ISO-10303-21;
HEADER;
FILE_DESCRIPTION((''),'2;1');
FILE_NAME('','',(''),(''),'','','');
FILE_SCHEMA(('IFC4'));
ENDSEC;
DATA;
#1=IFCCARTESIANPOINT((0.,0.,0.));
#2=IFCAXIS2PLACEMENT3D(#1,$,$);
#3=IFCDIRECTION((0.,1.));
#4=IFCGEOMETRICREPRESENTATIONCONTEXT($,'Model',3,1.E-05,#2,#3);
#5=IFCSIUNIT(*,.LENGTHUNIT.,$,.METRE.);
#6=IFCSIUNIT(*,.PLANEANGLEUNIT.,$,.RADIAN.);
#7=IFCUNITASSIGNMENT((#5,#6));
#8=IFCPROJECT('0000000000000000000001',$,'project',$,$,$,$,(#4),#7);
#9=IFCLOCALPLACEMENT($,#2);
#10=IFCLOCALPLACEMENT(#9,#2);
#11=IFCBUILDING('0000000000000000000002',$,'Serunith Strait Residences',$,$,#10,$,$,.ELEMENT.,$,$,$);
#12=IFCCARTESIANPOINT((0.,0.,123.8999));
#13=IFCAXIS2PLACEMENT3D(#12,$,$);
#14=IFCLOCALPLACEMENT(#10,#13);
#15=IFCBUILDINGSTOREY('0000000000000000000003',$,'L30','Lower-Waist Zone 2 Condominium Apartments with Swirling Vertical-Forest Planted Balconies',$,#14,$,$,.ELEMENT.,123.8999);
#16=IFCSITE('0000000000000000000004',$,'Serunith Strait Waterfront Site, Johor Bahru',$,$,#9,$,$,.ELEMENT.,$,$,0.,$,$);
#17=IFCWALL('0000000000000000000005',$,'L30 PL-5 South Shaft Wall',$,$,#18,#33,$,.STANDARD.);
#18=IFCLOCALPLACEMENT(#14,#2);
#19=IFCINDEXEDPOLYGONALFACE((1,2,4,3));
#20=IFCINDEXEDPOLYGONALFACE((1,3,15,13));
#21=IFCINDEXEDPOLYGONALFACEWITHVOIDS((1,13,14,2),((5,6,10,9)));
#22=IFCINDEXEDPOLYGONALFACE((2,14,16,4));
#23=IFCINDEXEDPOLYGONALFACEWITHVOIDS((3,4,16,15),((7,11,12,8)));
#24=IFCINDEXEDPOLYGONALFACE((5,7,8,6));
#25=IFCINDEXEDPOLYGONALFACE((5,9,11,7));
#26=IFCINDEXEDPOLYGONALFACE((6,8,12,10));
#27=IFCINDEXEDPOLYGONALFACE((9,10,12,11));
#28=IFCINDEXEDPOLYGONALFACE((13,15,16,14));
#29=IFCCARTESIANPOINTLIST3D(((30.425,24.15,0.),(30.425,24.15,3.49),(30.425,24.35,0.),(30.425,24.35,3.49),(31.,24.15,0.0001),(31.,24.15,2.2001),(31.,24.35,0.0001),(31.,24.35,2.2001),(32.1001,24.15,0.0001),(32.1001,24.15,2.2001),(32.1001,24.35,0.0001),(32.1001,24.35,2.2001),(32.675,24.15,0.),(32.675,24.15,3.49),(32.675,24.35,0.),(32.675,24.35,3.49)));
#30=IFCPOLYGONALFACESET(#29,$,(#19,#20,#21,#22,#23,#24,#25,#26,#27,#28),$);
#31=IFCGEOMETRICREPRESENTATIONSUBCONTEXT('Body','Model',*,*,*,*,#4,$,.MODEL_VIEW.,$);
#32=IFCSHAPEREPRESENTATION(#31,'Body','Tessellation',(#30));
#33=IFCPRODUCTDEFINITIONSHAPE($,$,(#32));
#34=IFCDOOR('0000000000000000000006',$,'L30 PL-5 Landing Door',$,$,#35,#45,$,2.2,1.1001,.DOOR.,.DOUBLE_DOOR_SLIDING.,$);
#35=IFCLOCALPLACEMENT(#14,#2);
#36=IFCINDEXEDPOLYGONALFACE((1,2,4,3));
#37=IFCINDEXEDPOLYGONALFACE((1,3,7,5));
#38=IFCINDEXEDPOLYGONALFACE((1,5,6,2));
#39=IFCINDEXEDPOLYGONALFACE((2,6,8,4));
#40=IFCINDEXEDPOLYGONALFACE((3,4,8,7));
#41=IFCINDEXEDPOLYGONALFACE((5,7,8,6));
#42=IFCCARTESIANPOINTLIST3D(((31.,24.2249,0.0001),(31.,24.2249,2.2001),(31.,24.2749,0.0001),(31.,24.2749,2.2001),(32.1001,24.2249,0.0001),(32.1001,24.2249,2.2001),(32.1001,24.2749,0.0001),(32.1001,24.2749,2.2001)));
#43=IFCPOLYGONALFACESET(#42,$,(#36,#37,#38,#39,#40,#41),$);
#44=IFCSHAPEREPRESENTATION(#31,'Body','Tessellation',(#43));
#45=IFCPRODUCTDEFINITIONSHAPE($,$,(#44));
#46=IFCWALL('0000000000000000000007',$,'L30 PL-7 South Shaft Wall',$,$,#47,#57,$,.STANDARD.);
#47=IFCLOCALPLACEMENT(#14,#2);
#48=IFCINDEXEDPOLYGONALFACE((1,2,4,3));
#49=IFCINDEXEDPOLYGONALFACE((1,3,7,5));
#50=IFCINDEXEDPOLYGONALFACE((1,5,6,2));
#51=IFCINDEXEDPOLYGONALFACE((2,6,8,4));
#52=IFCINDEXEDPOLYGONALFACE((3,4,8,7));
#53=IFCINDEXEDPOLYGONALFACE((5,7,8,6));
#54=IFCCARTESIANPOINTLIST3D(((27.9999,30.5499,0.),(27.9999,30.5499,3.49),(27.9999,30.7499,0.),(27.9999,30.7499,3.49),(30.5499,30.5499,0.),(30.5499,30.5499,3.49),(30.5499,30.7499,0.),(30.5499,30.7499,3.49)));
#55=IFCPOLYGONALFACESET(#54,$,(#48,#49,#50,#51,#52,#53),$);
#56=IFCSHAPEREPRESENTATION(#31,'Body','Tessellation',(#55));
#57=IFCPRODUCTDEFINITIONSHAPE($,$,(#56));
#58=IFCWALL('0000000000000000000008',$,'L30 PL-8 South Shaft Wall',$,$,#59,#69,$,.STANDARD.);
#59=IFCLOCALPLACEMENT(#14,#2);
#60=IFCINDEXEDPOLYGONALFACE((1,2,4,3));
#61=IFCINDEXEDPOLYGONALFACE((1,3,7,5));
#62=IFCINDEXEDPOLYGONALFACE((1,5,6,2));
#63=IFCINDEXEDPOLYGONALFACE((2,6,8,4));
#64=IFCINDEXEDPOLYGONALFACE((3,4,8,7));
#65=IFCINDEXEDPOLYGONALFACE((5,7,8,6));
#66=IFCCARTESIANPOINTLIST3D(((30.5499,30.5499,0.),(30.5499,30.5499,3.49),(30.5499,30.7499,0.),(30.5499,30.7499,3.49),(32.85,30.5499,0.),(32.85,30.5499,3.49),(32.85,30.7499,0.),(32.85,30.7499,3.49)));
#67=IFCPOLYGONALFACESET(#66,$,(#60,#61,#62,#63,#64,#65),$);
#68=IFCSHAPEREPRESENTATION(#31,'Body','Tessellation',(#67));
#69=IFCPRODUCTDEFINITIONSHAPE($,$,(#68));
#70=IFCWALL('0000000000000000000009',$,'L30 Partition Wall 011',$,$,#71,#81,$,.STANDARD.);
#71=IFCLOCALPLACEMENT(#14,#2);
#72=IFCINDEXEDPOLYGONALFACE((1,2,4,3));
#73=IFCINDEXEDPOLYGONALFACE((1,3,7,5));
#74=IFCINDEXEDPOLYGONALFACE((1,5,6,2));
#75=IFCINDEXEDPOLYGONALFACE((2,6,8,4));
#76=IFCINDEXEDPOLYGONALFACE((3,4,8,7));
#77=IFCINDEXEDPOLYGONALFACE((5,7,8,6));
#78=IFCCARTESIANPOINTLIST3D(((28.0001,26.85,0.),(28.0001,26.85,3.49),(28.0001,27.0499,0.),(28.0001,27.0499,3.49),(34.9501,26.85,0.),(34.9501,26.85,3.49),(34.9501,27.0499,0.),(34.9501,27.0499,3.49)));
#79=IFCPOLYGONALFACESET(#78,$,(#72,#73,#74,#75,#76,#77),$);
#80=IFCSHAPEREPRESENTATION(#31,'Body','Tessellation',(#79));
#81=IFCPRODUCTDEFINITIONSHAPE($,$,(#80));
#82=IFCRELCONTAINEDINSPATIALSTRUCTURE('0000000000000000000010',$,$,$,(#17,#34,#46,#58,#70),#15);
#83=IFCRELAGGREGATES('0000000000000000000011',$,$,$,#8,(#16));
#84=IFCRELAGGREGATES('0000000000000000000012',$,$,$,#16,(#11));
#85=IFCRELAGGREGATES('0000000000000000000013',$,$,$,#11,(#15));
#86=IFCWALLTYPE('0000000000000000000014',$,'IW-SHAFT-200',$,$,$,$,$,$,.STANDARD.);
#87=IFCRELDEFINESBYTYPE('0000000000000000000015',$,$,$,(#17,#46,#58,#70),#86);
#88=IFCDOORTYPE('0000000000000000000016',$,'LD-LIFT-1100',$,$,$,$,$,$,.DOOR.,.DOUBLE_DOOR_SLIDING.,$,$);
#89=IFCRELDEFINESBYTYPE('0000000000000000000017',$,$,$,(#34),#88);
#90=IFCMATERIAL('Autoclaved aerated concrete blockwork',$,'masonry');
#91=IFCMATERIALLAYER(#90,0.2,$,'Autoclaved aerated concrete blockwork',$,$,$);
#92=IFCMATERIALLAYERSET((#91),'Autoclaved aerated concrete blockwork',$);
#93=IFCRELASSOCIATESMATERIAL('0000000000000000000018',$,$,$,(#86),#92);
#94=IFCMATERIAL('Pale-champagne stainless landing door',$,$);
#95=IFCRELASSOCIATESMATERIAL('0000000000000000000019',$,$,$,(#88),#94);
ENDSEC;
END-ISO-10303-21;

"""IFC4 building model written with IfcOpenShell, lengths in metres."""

from ifc_helpers import new_model, si_unit, direction, frame, frame_2d, origin, place, context, subcontext, project, spatial, rectangle, extrude, source, transform, mapped, material, layer, layer_set, type_object, element, fill, save


model = new_model("IFC4")

# Units and contexts
model_context = context("Model", 3, precision=1e-05, world=origin(), true_north=direction((0.0, 1.0)))
body_context = subcontext(model_context, "Body", "Model", "MODEL_VIEW")
ifc_project = project(units=[si_unit("LENGTHUNIT", "METRE"), si_unit("PLANEANGLEUNIT", "RADIAN")], contexts=[model_context])

# Site, building, storey
site_placement = place(None, origin())
site = spatial("IfcSite", under=ifc_project, at=site_placement, Name="Serunith Strait Waterfront Site, Johor Bahru", CompositionType="ELEMENT", RefElevation=0.0)
building_placement = place(site_placement, origin())
building = spatial("IfcBuilding", under=site, at=building_placement, Name="Serunith Strait Residences", CompositionType="ELEMENT")
storey_placement = place(building_placement, frame((0.0, 0.0, 123.8999)))
storey = spatial("IfcBuildingStorey", under=building, at=storey_placement, Name="L30", Description="Lower-Waist Zone 2 Condominium Apartments with Swirling Vertical-Forest Planted Balconies", CompositionType="ELEMENT", Elevation=123.8999)

# Wall, opening, door
ifc_material_1 = material(Name="Autoclaved aerated concrete blockwork", Category="masonry")
ifc_layer_1 = layer(ifc_material_1, 0.2, Name="Autoclaved aerated concrete blockwork")
ifc_layer_set_1 = layer_set([ifc_layer_1], Name="Autoclaved aerated concrete blockwork")
wall_type_1 = type_object("IfcWallType", Name="IW-SHAFT-200", PredefinedType="STANDARD", material=ifc_layer_set_1)
ifc_material_2 = material(Name="Pale-champagne stainless landing door")
door_type_1 = type_object("IfcDoorType", Name="LD-LIFT-1100", OperationType="DOUBLE_DOOR_SLIDING", PredefinedType="DOOR", material=ifc_material_2)
shared_shape_1 = source(origin(), body_context, "Body", "SweptSolid", [
    extrude(rectangle(XDim=1.1001, YDim=2.2, at=frame_2d((0.55, 1.1001))), frame((0.0, 0.0249, 0.0), z_axis=(0.0, -1.0, 0.0), x_axis=(1.0, 0.0, 0.0)), (0.0, 0.0, 1.0), 0.05),
])
wall_1_placement = place(storey_placement, frame((30.425, 24.25, 0.0), z_axis=(0.0, 0.0, 1.0), x_axis=(1.0, 0.0, 0.0)))
wall_1 = element("IfcWall", 1, at=wall_1_placement, inside=storey, type_object=wall_type_1, Name="L30 PL-5 South Shaft Wall", PredefinedType="STANDARD", context=body_context, shape_type="SweptSolid", body=[
    extrude(rectangle(XDim=2.25, YDim=0.2, at=frame_2d((1.125, 0.0))), origin(), (0.0, 0.0, 1.0), 3.49),
])
opening_1_placement = place(wall_1_placement, frame((0.575, 0.0, 0.0)))
opening_1 = element("IfcOpeningElement", 2, at=opening_1_placement, cuts=wall_1, PredefinedType="OPENING", context=body_context, shape_type="SweptSolid", body=[
    extrude(rectangle(XDim=1.1001, YDim=2.2, at=frame_2d((0.55, 1.1001))), frame((0.0, 0.1099, 0.0), z_axis=(0.0, -1.0, 0.0), x_axis=(1.0, 0.0, 0.0)), (0.0, 0.0, 1.0), 0.22),
])
door_1_placement = place(opening_1_placement, origin())
door_1 = element("IfcDoor", 3, at=door_1_placement, inside=storey, type_object=door_type_1, Name="L30 PL-5 Landing Door", OperationType="DOUBLE_DOOR_SLIDING", OverallHeight=2.2, OverallWidth=1.1001, PredefinedType="DOOR", context=body_context, shape_type="MappedRepresentation", body=[
    mapped(shared_shape_1, transform((0.0, 0.0, 0.0), scale=1.0)),
])
fill(opening_1, door_1)

# Walls
wall_2_placement = place(storey_placement, frame((28.0, 30.6499, 0.0), z_axis=(0.0, 0.0, 1.0), x_axis=(1.0, 0.0, 0.0)))
element("IfcWall", 4, at=wall_2_placement, inside=storey, type_object=wall_type_1, Name="L30 PL-7 South Shaft Wall", PredefinedType="STANDARD", context=body_context, shape_type="SweptSolid", body=[
    extrude(rectangle(XDim=2.55, YDim=0.2, at=frame_2d((1.2749, 0.0))), origin(), (0.0, 0.0, 1.0), 3.49),
])
wall_3_placement = place(storey_placement, frame((30.55, 30.6499, 0.0), z_axis=(0.0, 0.0, 1.0), x_axis=(1.0, 0.0, 0.0)))
element("IfcWall", 5, at=wall_3_placement, inside=storey, type_object=wall_type_1, Name="L30 PL-8 South Shaft Wall", PredefinedType="STANDARD", context=body_context, shape_type="SweptSolid", body=[
    extrude(rectangle(XDim=2.3, YDim=0.2, at=frame_2d((1.1499, 0.0))), origin(), (0.0, 0.0, 1.0), 3.49),
])
wall_4_placement = place(storey_placement, frame((28.0, 26.95, 0.0), z_axis=(0.0, 0.0, 1.0), x_axis=(1.0, 0.0, 0.0)))
element("IfcWall", 6, at=wall_4_placement, inside=storey, type_object=wall_type_1, Name="L30 Partition Wall 011", PredefinedType="STANDARD", context=body_context, shape_type="SweptSolid", body=[
    extrude(rectangle(XDim=6.95, YDim=0.2, at=frame_2d((3.4751, 0.0))), origin(), (0.0, 0.0, 1.0), 3.49),
])

save(model, "model.ifc")
